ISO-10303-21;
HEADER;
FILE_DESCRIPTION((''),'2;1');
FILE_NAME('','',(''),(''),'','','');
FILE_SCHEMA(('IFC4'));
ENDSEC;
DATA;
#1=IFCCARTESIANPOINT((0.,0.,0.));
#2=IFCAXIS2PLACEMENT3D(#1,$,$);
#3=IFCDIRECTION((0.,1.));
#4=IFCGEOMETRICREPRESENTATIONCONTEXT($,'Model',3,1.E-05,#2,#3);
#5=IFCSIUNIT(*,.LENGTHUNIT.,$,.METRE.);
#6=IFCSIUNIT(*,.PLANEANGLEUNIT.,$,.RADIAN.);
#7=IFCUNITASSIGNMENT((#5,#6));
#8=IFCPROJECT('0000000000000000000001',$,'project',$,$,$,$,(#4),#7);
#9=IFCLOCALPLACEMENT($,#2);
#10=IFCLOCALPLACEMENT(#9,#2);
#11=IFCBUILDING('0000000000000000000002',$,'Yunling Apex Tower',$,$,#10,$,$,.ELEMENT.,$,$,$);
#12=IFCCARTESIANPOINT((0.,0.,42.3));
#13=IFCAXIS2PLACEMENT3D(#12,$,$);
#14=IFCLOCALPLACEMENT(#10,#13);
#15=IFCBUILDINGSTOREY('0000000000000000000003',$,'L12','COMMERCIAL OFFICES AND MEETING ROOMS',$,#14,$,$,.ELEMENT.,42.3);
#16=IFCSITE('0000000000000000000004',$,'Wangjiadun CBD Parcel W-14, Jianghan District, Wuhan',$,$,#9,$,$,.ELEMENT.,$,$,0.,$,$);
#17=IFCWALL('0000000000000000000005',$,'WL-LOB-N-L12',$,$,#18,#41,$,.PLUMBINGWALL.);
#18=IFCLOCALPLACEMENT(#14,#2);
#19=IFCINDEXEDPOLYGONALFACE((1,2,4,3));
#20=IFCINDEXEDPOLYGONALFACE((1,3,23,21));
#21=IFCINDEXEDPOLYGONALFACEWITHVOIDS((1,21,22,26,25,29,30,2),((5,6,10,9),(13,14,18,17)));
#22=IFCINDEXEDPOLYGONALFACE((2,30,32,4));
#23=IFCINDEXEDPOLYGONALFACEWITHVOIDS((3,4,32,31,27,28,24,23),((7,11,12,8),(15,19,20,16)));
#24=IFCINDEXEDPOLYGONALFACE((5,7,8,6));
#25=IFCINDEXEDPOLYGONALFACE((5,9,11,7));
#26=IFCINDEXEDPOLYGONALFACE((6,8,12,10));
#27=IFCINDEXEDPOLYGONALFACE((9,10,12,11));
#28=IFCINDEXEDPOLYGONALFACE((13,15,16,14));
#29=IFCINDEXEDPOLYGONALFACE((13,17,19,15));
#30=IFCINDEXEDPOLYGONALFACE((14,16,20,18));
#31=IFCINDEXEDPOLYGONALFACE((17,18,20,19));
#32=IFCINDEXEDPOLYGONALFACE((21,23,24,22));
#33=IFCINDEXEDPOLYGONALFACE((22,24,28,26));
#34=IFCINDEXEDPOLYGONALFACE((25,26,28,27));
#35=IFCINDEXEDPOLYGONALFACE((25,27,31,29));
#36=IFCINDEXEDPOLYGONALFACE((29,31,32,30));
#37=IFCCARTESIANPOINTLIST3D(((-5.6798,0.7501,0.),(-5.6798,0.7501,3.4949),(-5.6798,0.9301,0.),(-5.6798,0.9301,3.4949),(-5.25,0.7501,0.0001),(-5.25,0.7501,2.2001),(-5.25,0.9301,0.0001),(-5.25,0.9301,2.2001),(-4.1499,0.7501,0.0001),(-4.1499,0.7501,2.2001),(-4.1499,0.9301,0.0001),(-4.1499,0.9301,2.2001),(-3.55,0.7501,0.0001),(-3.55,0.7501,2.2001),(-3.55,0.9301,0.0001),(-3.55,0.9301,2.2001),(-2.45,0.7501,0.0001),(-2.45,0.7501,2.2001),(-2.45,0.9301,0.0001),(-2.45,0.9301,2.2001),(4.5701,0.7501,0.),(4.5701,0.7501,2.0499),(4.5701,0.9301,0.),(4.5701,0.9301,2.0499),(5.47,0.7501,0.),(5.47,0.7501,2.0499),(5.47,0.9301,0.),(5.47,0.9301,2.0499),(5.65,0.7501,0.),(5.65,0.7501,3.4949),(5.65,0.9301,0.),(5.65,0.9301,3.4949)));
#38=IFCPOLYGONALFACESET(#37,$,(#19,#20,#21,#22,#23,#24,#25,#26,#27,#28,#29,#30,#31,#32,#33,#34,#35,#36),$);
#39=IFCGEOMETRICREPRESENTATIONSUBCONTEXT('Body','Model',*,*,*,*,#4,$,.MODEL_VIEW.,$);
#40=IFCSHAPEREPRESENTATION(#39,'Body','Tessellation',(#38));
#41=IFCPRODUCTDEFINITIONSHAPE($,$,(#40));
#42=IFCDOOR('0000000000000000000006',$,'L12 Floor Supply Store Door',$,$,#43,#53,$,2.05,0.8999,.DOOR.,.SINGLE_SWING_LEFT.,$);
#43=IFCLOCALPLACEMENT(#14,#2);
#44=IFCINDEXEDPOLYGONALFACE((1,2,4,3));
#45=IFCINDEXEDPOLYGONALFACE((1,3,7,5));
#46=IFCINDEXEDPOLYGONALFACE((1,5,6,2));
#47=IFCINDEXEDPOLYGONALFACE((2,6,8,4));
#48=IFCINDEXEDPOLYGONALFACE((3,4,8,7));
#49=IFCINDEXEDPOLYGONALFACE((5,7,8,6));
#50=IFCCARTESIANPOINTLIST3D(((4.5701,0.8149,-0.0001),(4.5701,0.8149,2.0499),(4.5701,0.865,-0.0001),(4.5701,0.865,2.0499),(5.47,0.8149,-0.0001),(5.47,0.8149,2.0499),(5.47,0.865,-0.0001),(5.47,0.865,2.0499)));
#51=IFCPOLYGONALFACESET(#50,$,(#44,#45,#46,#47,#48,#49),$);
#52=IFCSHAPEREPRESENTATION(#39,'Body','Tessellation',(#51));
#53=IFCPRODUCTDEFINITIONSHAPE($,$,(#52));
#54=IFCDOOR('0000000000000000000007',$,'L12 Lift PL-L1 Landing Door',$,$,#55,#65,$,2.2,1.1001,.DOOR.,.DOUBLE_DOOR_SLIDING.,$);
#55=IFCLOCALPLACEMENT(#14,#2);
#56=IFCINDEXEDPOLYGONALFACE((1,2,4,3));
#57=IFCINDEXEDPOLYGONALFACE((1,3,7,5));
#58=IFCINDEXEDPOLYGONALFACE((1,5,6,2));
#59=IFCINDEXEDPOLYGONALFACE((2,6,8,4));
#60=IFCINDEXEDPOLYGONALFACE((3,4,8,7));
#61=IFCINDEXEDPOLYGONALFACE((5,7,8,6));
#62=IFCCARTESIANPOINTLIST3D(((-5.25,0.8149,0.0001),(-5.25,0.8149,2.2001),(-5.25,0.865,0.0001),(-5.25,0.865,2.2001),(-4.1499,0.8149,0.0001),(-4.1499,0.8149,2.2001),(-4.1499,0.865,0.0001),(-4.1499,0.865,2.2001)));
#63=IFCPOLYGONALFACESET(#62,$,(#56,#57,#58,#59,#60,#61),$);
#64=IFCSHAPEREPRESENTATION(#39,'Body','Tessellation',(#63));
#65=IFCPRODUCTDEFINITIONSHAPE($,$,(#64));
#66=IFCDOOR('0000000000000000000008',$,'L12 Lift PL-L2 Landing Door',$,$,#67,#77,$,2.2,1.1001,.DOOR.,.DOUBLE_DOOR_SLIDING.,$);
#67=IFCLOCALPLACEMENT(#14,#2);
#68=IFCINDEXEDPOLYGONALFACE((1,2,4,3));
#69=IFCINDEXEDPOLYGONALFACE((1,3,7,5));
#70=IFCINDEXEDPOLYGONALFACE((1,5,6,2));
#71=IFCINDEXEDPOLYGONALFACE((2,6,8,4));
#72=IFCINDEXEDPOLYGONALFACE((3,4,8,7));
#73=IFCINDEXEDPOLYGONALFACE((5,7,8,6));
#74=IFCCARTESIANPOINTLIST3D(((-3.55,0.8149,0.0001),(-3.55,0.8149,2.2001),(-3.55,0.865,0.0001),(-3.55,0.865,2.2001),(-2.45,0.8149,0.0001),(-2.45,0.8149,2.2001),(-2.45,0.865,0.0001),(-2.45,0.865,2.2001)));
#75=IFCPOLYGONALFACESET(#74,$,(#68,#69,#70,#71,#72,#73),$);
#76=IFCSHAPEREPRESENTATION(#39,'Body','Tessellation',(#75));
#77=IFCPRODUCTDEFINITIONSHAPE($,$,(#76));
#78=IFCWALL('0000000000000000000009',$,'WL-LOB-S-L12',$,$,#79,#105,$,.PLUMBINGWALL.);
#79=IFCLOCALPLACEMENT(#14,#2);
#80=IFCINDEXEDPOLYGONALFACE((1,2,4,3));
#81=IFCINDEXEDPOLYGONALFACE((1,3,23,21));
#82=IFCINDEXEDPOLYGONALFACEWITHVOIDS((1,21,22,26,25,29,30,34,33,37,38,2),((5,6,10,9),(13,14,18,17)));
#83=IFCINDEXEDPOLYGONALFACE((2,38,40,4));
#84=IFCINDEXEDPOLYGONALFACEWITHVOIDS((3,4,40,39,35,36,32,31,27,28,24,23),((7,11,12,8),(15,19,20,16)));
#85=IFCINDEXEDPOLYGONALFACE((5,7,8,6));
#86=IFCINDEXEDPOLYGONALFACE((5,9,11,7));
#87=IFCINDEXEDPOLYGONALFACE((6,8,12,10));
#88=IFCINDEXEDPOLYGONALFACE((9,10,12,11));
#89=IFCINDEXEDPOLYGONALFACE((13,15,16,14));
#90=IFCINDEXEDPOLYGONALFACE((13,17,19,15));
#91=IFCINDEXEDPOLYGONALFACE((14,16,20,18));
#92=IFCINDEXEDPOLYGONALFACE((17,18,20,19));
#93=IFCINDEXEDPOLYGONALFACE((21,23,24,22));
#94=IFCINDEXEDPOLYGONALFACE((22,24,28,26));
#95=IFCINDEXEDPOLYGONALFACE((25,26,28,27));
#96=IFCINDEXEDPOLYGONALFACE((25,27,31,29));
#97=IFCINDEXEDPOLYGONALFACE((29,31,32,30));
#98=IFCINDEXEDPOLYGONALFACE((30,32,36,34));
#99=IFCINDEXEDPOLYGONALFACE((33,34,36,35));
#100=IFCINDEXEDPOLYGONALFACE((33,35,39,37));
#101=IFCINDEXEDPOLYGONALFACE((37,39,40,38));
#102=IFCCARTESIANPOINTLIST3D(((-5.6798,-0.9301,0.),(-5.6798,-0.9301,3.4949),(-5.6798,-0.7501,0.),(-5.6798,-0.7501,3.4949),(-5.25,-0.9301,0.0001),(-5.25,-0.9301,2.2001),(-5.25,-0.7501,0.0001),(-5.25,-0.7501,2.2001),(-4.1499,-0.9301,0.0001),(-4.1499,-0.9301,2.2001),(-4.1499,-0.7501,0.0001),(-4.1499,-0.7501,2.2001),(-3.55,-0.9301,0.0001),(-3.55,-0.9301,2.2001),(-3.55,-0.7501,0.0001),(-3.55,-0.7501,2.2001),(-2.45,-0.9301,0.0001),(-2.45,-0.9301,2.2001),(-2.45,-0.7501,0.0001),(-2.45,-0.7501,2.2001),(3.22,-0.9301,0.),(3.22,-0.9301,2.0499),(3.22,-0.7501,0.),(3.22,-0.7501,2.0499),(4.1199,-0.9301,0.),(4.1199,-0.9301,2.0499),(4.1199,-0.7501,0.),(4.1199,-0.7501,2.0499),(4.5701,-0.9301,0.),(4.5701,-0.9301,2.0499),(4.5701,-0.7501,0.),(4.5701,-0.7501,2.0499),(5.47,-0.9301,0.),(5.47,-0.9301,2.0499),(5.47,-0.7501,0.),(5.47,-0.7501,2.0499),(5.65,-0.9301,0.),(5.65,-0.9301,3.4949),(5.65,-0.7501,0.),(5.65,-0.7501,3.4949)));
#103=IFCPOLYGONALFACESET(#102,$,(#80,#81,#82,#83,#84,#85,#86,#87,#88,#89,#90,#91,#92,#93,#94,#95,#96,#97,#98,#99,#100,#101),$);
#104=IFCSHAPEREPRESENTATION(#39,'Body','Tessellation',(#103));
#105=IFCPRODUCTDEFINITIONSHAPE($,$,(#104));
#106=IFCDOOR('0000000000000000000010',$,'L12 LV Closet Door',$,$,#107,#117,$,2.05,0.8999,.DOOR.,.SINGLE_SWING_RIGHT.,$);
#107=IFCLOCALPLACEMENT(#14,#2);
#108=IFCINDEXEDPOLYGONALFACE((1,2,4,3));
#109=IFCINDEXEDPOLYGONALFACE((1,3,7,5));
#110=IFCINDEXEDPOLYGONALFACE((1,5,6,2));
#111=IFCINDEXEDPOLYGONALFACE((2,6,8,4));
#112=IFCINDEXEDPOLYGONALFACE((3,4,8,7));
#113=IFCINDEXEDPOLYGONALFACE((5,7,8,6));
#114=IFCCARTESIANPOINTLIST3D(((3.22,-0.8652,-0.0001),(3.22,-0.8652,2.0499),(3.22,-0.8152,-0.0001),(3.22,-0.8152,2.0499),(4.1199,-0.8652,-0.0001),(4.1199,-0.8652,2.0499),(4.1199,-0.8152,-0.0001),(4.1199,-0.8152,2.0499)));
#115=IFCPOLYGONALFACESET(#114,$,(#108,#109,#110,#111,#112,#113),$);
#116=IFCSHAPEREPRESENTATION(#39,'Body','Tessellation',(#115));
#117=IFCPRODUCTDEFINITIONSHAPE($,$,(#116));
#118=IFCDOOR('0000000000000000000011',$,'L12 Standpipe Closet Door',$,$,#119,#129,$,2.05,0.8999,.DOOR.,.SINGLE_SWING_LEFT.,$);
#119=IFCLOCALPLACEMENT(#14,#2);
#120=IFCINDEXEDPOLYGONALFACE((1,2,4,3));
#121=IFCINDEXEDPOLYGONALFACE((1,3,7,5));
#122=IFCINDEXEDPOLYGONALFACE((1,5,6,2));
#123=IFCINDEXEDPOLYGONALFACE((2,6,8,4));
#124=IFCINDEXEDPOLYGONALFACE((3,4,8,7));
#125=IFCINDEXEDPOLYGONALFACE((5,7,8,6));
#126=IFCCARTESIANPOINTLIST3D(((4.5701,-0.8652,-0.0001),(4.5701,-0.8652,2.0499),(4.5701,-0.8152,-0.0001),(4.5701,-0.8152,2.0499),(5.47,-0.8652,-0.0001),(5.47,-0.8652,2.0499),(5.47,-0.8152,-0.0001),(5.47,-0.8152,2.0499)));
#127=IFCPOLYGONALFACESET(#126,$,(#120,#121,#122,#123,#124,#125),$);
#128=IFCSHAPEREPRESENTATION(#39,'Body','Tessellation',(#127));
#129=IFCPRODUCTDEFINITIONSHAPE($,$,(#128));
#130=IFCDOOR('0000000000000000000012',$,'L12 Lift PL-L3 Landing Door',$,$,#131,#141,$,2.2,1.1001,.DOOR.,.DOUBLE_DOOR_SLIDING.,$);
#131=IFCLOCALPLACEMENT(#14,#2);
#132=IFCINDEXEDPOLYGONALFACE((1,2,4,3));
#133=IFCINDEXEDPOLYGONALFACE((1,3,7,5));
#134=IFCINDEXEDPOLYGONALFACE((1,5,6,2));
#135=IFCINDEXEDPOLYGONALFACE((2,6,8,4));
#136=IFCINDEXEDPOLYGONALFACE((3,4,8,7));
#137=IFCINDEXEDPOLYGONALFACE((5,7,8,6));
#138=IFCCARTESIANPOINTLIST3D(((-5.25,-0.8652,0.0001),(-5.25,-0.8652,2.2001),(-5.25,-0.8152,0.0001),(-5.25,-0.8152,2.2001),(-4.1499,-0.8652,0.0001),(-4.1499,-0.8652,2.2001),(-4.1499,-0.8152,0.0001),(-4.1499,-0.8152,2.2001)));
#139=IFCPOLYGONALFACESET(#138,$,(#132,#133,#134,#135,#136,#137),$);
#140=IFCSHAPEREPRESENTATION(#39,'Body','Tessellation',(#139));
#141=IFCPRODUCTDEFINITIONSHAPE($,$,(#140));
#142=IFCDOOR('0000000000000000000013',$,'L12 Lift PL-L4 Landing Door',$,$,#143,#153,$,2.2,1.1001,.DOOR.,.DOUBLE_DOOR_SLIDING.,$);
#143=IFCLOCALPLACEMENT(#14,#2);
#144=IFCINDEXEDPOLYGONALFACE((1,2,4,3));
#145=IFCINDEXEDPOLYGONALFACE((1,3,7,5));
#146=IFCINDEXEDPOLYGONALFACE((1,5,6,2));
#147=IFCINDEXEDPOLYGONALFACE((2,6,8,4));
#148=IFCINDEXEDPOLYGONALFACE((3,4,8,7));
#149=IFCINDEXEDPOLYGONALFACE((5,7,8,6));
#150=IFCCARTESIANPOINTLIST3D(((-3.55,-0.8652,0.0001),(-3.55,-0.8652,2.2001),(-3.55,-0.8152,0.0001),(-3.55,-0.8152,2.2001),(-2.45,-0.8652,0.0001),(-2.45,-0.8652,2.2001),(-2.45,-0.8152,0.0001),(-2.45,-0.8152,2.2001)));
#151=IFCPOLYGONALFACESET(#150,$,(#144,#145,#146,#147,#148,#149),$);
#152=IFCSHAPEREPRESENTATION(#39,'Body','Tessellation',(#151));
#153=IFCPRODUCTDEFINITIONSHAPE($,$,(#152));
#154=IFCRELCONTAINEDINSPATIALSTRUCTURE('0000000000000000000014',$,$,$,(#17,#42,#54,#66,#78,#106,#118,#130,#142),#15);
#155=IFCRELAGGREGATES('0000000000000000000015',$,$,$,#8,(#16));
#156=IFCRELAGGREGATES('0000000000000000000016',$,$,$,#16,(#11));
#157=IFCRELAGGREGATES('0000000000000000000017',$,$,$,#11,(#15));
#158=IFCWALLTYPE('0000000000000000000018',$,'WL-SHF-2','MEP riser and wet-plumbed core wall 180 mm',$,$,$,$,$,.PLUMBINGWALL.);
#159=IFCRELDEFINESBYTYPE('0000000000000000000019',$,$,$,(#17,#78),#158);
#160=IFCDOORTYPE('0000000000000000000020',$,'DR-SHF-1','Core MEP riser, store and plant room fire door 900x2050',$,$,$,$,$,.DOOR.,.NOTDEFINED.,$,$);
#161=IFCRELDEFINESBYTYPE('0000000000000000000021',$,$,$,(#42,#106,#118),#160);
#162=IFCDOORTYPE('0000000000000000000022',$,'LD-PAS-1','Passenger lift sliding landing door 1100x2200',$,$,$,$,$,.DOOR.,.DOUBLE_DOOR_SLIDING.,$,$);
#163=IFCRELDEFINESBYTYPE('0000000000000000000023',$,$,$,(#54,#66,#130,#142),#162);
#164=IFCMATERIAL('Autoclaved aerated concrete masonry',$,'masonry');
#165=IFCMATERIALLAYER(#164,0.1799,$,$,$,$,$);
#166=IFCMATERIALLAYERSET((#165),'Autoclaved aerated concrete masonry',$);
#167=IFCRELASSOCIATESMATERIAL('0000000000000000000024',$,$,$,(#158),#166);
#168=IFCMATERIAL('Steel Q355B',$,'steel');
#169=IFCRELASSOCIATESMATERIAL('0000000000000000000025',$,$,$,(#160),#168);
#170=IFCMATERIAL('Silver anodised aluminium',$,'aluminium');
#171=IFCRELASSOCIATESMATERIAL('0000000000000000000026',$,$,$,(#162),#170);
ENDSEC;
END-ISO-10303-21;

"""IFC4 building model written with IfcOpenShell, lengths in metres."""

from ifc_helpers import new_model, si_unit, direction, frame, frame_2d, origin, place, context, subcontext, project, spatial, rectangle, extrude, material, layer, layer_set, type_object, element, fill, save


model = new_model("IFC4")

# Units and contexts
model_context = context("Model", 3, precision=1e-05, world=origin(), true_north=direction((0.0, 1.0)))
body_context = subcontext(model_context, "Body", "Model", "MODEL_VIEW")
ifc_project = project(units=[si_unit("LENGTHUNIT", "METRE"), si_unit("PLANEANGLEUNIT", "RADIAN")], contexts=[model_context])

# Site, building, storey
site_placement = place(None, origin())
site = spatial("IfcSite", under=ifc_project, at=site_placement, Name="Wangjiadun CBD Parcel W-14, Jianghan District, Wuhan", CompositionType="ELEMENT", RefElevation=0.0)
building_placement = place(site_placement, origin())
building = spatial("IfcBuilding", under=site, at=building_placement, Name="Yunling Apex Tower", CompositionType="ELEMENT")
storey_placement = place(building_placement, frame((0.0, 0.0, 42.3)))
storey = spatial("IfcBuildingStorey", under=building, at=storey_placement, Name="L12", Description="COMMERCIAL OFFICES AND MEETING ROOMS", CompositionType="ELEMENT", Elevation=42.3)

# Shared definitions
ifc_material_1 = material(Name="Steel Q355B", Category="steel")

# Shared definitions
ifc_material_2 = material(Name="Autoclaved aerated concrete masonry", Category="masonry")
ifc_layer_1 = layer(ifc_material_2, 0.1799)
ifc_layer_set_1 = layer_set([ifc_layer_1], Name="Autoclaved aerated concrete masonry")
wall_type_1 = type_object("IfcWallType", Name="WL-SHF-2", Description="MEP riser and wet-plumbed core wall 180 mm", PredefinedType="PLUMBINGWALL", material=ifc_layer_set_1)

# Walls, openings, doors
wall_1_placement = place(storey_placement, frame((-5.6799, 0.8401, 0.0), z_axis=(0.0, 0.0, 1.0), x_axis=(1.0, 0.0, 0.0)))
wall_1 = element("IfcWall", 1, at=wall_1_placement, inside=storey, type_object=wall_type_1, Name="WL-LOB-N-L12", PredefinedType="PLUMBINGWALL", context=body_context, shape_type="SweptSolid", body=[
    extrude(rectangle(XDim=11.3298, YDim=0.1799, at=frame_2d((5.665, 0.0))), origin(), (0.0, 0.0, 1.0), 3.4949),
])
opening_1_placement = place(wall_1_placement, frame((0.4299, 0.0, 0.0)))
opening_1 = element("IfcOpeningElement", 2, at=opening_1_placement, cuts=wall_1, PredefinedType="OPENING", context=body_context, shape_type="SweptSolid", body=[
    extrude(rectangle(XDim=1.1001, YDim=2.2, at=frame_2d((0.55, 1.1001))), frame((0.0, 0.1001, 0.0), z_axis=(0.0, -1.0, 0.0), x_axis=(1.0, 0.0, 0.0)), (0.0, 0.0, 1.0), 0.2),
])
opening_2_placement = place(wall_1_placement, frame((2.1299, 0.0, 0.0)))
opening_2 = element("IfcOpeningElement", 3, at=opening_2_placement, cuts=wall_1, PredefinedType="OPENING", context=body_context, shape_type="SweptSolid", body=[
    extrude(rectangle(XDim=1.1001, YDim=2.2, at=frame_2d((0.55, 1.1001))), frame((0.0, 0.1001, 0.0), z_axis=(0.0, -1.0, 0.0), x_axis=(1.0, 0.0, 0.0)), (0.0, 0.0, 1.0), 0.2),
])
opening_3_placement = place(wall_1_placement, frame((10.25, 0.0, 0.0)))
opening_3 = element("IfcOpeningElement", 4, at=opening_3_placement, cuts=wall_1, PredefinedType="OPENING", context=body_context, shape_type="SweptSolid", body=[
    extrude(rectangle(XDim=0.8999, YDim=2.05, at=frame_2d((0.45, 1.0249))), frame((0.0, 0.1001, 0.0), z_axis=(0.0, -1.0, 0.0), x_axis=(1.0, 0.0, 0.0)), (0.0, 0.0, 1.0), 0.2),
])
door_type_1 = type_object("IfcDoorType", Name="DR-SHF-1", Description="Core MEP riser, store and plant room fire door 900x2050", OperationType="NOTDEFINED", PredefinedType="DOOR", material=ifc_material_1)
door_1_placement = place(opening_3_placement, origin())
door_1 = element("IfcDoor", 5, at=door_1_placement, inside=storey, type_object=door_type_1, Name="L12 Floor Supply Store Door", OperationType="SINGLE_SWING_LEFT", OverallHeight=2.05, OverallWidth=0.8999, PredefinedType="DOOR", context=body_context, shape_type="SweptSolid", body=[
    extrude(rectangle(XDim=0.8999, YDim=2.05, at=frame_2d((0.45, 1.0249))), frame((0.0, 0.0249, 0.0), z_axis=(0.0, -1.0, 0.0), x_axis=(1.0, 0.0, 0.0)), (0.0, 0.0, 1.0), 0.05),
])
fill(opening_3, door_1)
ifc_material_3 = material(Name="Silver anodised aluminium", Category="aluminium")
door_type_2 = type_object("IfcDoorType", Name="LD-PAS-1", Description="Passenger lift sliding landing door 1100x2200", OperationType="DOUBLE_DOOR_SLIDING", PredefinedType="DOOR", material=ifc_material_3)
door_2_placement = place(opening_1_placement, origin())
door_2 = element("IfcDoor", 6, at=door_2_placement, inside=storey, type_object=door_type_2, Name="L12 Lift PL-L1 Landing Door", OperationType="DOUBLE_DOOR_SLIDING", OverallHeight=2.2, OverallWidth=1.1001, PredefinedType="DOOR", context=body_context, shape_type="SweptSolid", body=[
    extrude(rectangle(XDim=1.1001, YDim=2.2, at=frame_2d((0.55, 1.1001))), frame((0.0, 0.0249, 0.0), z_axis=(0.0, -1.0, 0.0), x_axis=(1.0, 0.0, 0.0)), (0.0, 0.0, 1.0), 0.05),
])
fill(opening_1, door_2)
door_3_placement = place(opening_2_placement, origin())
door_3 = element("IfcDoor", 7, at=door_3_placement, inside=storey, type_object=door_type_2, Name="L12 Lift PL-L2 Landing Door", OperationType="DOUBLE_DOOR_SLIDING", OverallHeight=2.2, OverallWidth=1.1001, PredefinedType="DOOR", context=body_context, shape_type="SweptSolid", body=[
    extrude(rectangle(XDim=1.1001, YDim=2.2, at=frame_2d((0.55, 1.1001))), frame((0.0, 0.0249, 0.0), z_axis=(0.0, -1.0, 0.0), x_axis=(1.0, 0.0, 0.0)), (0.0, 0.0, 1.0), 0.05),
])
fill(opening_2, door_3)
wall_2_placement = place(storey_placement, frame((-5.6799, -0.8401, 0.0), z_axis=(0.0, 0.0, 1.0), x_axis=(1.0, 0.0, 0.0)))
wall_2 = element("IfcWall", 8, at=wall_2_placement, inside=storey, type_object=wall_type_1, Name="WL-LOB-S-L12", PredefinedType="PLUMBINGWALL", context=body_context, shape_type="SweptSolid", body=[
    extrude(rectangle(XDim=11.3298, YDim=0.1799, at=frame_2d((5.665, 0.0))), origin(), (0.0, 0.0, 1.0), 3.4949),
])
opening_4_placement = place(wall_2_placement, frame((0.4299, 0.0, 0.0)))
opening_4 = element("IfcOpeningElement", 9, at=opening_4_placement, cuts=wall_2, PredefinedType="OPENING", context=body_context, shape_type="SweptSolid", body=[
    extrude(rectangle(XDim=1.1001, YDim=2.2, at=frame_2d((0.55, 1.1001))), frame((0.0, 0.1001, 0.0), z_axis=(0.0, -1.0, 0.0), x_axis=(1.0, 0.0, 0.0)), (0.0, 0.0, 1.0), 0.2),
])
opening_5_placement = place(wall_2_placement, frame((2.1299, 0.0, 0.0)))
opening_5 = element("IfcOpeningElement", 10, at=opening_5_placement, cuts=wall_2, PredefinedType="OPENING", context=body_context, shape_type="SweptSolid", body=[
    extrude(rectangle(XDim=1.1001, YDim=2.2, at=frame_2d((0.55, 1.1001))), frame((0.0, 0.1001, 0.0), z_axis=(0.0, -1.0, 0.0), x_axis=(1.0, 0.0, 0.0)), (0.0, 0.0, 1.0), 0.2),
])
opening_6_placement = place(wall_2_placement, frame((8.8999, 0.0, 0.0)))
opening_6 = element("IfcOpeningElement", 11, at=opening_6_placement, cuts=wall_2, PredefinedType="OPENING", context=body_context, shape_type="SweptSolid", body=[
    extrude(rectangle(XDim=0.8999, YDim=2.05, at=frame_2d((0.45, 1.0249))), frame((0.0, 0.1001, 0.0), z_axis=(0.0, -1.0, 0.0), x_axis=(1.0, 0.0, 0.0)), (0.0, 0.0, 1.0), 0.2),
])
opening_7_placement = place(wall_2_placement, frame((10.25, 0.0, 0.0)))
opening_7 = element("IfcOpeningElement", 12, at=opening_7_placement, cuts=wall_2, PredefinedType="OPENING", context=body_context, shape_type="SweptSolid", body=[
    extrude(rectangle(XDim=0.8999, YDim=2.05, at=frame_2d((0.45, 1.0249))), frame((0.0, 0.1001, 0.0), z_axis=(0.0, -1.0, 0.0), x_axis=(1.0, 0.0, 0.0)), (0.0, 0.0, 1.0), 0.2),
])
door_4_placement = place(opening_6_placement, origin())
door_4 = element("IfcDoor", 13, at=door_4_placement, inside=storey, type_object=door_type_1, Name="L12 LV Closet Door", OperationType="SINGLE_SWING_RIGHT", OverallHeight=2.05, OverallWidth=0.8999, PredefinedType="DOOR", context=body_context, shape_type="SweptSolid", body=[
    extrude(rectangle(XDim=0.8999, YDim=2.05, at=frame_2d((0.45, 1.0249))), frame((0.0, 0.0249, 0.0), z_axis=(0.0, -1.0, 0.0), x_axis=(1.0, 0.0, 0.0)), (0.0, 0.0, 1.0), 0.05),
])
fill(opening_6, door_4)
door_5_placement = place(opening_7_placement, origin())
door_5 = element("IfcDoor", 14, at=door_5_placement, inside=storey, type_object=door_type_1, Name="L12 Standpipe Closet Door", OperationType="SINGLE_SWING_LEFT", OverallHeight=2.05, OverallWidth=0.8999, PredefinedType="DOOR", context=body_context, shape_type="SweptSolid", body=[
    extrude(rectangle(XDim=0.8999, YDim=2.05, at=frame_2d((0.45, 1.0249))), frame((0.0, 0.0249, 0.0), z_axis=(0.0, -1.0, 0.0), x_axis=(1.0, 0.0, 0.0)), (0.0, 0.0, 1.0), 0.05),
])
fill(opening_7, door_5)
door_6_placement = place(opening_4_placement, origin())
door_6 = element("IfcDoor", 15, at=door_6_placement, inside=storey, type_object=door_type_2, Name="L12 Lift PL-L3 Landing Door", OperationType="DOUBLE_DOOR_SLIDING", OverallHeight=2.2, OverallWidth=1.1001, PredefinedType="DOOR", context=body_context, shape_type="SweptSolid", body=[
    extrude(rectangle(XDim=1.1001, YDim=2.2, at=frame_2d((0.55, 1.1001))), frame((0.0, 0.0249, 0.0), z_axis=(0.0, -1.0, 0.0), x_axis=(1.0, 0.0, 0.0)), (0.0, 0.0, 1.0), 0.05),
])
fill(opening_4, door_6)
door_7_placement = place(opening_5_placement, origin())
door_7 = element("IfcDoor", 16, at=door_7_placement, inside=storey, type_object=door_type_2, Name="L12 Lift PL-L4 Landing Door", OperationType="DOUBLE_DOOR_SLIDING", OverallHeight=2.2, OverallWidth=1.1001, PredefinedType="DOOR", context=body_context, shape_type="SweptSolid", body=[
    extrude(rectangle(XDim=1.1001, YDim=2.2, at=frame_2d((0.55, 1.1001))), frame((0.0, 0.0249, 0.0), z_axis=(0.0, -1.0, 0.0), x_axis=(1.0, 0.0, 0.0)), (0.0, 0.0, 1.0), 0.05),
])
fill(opening_5, door_7)

save(model, "model.ifc")
